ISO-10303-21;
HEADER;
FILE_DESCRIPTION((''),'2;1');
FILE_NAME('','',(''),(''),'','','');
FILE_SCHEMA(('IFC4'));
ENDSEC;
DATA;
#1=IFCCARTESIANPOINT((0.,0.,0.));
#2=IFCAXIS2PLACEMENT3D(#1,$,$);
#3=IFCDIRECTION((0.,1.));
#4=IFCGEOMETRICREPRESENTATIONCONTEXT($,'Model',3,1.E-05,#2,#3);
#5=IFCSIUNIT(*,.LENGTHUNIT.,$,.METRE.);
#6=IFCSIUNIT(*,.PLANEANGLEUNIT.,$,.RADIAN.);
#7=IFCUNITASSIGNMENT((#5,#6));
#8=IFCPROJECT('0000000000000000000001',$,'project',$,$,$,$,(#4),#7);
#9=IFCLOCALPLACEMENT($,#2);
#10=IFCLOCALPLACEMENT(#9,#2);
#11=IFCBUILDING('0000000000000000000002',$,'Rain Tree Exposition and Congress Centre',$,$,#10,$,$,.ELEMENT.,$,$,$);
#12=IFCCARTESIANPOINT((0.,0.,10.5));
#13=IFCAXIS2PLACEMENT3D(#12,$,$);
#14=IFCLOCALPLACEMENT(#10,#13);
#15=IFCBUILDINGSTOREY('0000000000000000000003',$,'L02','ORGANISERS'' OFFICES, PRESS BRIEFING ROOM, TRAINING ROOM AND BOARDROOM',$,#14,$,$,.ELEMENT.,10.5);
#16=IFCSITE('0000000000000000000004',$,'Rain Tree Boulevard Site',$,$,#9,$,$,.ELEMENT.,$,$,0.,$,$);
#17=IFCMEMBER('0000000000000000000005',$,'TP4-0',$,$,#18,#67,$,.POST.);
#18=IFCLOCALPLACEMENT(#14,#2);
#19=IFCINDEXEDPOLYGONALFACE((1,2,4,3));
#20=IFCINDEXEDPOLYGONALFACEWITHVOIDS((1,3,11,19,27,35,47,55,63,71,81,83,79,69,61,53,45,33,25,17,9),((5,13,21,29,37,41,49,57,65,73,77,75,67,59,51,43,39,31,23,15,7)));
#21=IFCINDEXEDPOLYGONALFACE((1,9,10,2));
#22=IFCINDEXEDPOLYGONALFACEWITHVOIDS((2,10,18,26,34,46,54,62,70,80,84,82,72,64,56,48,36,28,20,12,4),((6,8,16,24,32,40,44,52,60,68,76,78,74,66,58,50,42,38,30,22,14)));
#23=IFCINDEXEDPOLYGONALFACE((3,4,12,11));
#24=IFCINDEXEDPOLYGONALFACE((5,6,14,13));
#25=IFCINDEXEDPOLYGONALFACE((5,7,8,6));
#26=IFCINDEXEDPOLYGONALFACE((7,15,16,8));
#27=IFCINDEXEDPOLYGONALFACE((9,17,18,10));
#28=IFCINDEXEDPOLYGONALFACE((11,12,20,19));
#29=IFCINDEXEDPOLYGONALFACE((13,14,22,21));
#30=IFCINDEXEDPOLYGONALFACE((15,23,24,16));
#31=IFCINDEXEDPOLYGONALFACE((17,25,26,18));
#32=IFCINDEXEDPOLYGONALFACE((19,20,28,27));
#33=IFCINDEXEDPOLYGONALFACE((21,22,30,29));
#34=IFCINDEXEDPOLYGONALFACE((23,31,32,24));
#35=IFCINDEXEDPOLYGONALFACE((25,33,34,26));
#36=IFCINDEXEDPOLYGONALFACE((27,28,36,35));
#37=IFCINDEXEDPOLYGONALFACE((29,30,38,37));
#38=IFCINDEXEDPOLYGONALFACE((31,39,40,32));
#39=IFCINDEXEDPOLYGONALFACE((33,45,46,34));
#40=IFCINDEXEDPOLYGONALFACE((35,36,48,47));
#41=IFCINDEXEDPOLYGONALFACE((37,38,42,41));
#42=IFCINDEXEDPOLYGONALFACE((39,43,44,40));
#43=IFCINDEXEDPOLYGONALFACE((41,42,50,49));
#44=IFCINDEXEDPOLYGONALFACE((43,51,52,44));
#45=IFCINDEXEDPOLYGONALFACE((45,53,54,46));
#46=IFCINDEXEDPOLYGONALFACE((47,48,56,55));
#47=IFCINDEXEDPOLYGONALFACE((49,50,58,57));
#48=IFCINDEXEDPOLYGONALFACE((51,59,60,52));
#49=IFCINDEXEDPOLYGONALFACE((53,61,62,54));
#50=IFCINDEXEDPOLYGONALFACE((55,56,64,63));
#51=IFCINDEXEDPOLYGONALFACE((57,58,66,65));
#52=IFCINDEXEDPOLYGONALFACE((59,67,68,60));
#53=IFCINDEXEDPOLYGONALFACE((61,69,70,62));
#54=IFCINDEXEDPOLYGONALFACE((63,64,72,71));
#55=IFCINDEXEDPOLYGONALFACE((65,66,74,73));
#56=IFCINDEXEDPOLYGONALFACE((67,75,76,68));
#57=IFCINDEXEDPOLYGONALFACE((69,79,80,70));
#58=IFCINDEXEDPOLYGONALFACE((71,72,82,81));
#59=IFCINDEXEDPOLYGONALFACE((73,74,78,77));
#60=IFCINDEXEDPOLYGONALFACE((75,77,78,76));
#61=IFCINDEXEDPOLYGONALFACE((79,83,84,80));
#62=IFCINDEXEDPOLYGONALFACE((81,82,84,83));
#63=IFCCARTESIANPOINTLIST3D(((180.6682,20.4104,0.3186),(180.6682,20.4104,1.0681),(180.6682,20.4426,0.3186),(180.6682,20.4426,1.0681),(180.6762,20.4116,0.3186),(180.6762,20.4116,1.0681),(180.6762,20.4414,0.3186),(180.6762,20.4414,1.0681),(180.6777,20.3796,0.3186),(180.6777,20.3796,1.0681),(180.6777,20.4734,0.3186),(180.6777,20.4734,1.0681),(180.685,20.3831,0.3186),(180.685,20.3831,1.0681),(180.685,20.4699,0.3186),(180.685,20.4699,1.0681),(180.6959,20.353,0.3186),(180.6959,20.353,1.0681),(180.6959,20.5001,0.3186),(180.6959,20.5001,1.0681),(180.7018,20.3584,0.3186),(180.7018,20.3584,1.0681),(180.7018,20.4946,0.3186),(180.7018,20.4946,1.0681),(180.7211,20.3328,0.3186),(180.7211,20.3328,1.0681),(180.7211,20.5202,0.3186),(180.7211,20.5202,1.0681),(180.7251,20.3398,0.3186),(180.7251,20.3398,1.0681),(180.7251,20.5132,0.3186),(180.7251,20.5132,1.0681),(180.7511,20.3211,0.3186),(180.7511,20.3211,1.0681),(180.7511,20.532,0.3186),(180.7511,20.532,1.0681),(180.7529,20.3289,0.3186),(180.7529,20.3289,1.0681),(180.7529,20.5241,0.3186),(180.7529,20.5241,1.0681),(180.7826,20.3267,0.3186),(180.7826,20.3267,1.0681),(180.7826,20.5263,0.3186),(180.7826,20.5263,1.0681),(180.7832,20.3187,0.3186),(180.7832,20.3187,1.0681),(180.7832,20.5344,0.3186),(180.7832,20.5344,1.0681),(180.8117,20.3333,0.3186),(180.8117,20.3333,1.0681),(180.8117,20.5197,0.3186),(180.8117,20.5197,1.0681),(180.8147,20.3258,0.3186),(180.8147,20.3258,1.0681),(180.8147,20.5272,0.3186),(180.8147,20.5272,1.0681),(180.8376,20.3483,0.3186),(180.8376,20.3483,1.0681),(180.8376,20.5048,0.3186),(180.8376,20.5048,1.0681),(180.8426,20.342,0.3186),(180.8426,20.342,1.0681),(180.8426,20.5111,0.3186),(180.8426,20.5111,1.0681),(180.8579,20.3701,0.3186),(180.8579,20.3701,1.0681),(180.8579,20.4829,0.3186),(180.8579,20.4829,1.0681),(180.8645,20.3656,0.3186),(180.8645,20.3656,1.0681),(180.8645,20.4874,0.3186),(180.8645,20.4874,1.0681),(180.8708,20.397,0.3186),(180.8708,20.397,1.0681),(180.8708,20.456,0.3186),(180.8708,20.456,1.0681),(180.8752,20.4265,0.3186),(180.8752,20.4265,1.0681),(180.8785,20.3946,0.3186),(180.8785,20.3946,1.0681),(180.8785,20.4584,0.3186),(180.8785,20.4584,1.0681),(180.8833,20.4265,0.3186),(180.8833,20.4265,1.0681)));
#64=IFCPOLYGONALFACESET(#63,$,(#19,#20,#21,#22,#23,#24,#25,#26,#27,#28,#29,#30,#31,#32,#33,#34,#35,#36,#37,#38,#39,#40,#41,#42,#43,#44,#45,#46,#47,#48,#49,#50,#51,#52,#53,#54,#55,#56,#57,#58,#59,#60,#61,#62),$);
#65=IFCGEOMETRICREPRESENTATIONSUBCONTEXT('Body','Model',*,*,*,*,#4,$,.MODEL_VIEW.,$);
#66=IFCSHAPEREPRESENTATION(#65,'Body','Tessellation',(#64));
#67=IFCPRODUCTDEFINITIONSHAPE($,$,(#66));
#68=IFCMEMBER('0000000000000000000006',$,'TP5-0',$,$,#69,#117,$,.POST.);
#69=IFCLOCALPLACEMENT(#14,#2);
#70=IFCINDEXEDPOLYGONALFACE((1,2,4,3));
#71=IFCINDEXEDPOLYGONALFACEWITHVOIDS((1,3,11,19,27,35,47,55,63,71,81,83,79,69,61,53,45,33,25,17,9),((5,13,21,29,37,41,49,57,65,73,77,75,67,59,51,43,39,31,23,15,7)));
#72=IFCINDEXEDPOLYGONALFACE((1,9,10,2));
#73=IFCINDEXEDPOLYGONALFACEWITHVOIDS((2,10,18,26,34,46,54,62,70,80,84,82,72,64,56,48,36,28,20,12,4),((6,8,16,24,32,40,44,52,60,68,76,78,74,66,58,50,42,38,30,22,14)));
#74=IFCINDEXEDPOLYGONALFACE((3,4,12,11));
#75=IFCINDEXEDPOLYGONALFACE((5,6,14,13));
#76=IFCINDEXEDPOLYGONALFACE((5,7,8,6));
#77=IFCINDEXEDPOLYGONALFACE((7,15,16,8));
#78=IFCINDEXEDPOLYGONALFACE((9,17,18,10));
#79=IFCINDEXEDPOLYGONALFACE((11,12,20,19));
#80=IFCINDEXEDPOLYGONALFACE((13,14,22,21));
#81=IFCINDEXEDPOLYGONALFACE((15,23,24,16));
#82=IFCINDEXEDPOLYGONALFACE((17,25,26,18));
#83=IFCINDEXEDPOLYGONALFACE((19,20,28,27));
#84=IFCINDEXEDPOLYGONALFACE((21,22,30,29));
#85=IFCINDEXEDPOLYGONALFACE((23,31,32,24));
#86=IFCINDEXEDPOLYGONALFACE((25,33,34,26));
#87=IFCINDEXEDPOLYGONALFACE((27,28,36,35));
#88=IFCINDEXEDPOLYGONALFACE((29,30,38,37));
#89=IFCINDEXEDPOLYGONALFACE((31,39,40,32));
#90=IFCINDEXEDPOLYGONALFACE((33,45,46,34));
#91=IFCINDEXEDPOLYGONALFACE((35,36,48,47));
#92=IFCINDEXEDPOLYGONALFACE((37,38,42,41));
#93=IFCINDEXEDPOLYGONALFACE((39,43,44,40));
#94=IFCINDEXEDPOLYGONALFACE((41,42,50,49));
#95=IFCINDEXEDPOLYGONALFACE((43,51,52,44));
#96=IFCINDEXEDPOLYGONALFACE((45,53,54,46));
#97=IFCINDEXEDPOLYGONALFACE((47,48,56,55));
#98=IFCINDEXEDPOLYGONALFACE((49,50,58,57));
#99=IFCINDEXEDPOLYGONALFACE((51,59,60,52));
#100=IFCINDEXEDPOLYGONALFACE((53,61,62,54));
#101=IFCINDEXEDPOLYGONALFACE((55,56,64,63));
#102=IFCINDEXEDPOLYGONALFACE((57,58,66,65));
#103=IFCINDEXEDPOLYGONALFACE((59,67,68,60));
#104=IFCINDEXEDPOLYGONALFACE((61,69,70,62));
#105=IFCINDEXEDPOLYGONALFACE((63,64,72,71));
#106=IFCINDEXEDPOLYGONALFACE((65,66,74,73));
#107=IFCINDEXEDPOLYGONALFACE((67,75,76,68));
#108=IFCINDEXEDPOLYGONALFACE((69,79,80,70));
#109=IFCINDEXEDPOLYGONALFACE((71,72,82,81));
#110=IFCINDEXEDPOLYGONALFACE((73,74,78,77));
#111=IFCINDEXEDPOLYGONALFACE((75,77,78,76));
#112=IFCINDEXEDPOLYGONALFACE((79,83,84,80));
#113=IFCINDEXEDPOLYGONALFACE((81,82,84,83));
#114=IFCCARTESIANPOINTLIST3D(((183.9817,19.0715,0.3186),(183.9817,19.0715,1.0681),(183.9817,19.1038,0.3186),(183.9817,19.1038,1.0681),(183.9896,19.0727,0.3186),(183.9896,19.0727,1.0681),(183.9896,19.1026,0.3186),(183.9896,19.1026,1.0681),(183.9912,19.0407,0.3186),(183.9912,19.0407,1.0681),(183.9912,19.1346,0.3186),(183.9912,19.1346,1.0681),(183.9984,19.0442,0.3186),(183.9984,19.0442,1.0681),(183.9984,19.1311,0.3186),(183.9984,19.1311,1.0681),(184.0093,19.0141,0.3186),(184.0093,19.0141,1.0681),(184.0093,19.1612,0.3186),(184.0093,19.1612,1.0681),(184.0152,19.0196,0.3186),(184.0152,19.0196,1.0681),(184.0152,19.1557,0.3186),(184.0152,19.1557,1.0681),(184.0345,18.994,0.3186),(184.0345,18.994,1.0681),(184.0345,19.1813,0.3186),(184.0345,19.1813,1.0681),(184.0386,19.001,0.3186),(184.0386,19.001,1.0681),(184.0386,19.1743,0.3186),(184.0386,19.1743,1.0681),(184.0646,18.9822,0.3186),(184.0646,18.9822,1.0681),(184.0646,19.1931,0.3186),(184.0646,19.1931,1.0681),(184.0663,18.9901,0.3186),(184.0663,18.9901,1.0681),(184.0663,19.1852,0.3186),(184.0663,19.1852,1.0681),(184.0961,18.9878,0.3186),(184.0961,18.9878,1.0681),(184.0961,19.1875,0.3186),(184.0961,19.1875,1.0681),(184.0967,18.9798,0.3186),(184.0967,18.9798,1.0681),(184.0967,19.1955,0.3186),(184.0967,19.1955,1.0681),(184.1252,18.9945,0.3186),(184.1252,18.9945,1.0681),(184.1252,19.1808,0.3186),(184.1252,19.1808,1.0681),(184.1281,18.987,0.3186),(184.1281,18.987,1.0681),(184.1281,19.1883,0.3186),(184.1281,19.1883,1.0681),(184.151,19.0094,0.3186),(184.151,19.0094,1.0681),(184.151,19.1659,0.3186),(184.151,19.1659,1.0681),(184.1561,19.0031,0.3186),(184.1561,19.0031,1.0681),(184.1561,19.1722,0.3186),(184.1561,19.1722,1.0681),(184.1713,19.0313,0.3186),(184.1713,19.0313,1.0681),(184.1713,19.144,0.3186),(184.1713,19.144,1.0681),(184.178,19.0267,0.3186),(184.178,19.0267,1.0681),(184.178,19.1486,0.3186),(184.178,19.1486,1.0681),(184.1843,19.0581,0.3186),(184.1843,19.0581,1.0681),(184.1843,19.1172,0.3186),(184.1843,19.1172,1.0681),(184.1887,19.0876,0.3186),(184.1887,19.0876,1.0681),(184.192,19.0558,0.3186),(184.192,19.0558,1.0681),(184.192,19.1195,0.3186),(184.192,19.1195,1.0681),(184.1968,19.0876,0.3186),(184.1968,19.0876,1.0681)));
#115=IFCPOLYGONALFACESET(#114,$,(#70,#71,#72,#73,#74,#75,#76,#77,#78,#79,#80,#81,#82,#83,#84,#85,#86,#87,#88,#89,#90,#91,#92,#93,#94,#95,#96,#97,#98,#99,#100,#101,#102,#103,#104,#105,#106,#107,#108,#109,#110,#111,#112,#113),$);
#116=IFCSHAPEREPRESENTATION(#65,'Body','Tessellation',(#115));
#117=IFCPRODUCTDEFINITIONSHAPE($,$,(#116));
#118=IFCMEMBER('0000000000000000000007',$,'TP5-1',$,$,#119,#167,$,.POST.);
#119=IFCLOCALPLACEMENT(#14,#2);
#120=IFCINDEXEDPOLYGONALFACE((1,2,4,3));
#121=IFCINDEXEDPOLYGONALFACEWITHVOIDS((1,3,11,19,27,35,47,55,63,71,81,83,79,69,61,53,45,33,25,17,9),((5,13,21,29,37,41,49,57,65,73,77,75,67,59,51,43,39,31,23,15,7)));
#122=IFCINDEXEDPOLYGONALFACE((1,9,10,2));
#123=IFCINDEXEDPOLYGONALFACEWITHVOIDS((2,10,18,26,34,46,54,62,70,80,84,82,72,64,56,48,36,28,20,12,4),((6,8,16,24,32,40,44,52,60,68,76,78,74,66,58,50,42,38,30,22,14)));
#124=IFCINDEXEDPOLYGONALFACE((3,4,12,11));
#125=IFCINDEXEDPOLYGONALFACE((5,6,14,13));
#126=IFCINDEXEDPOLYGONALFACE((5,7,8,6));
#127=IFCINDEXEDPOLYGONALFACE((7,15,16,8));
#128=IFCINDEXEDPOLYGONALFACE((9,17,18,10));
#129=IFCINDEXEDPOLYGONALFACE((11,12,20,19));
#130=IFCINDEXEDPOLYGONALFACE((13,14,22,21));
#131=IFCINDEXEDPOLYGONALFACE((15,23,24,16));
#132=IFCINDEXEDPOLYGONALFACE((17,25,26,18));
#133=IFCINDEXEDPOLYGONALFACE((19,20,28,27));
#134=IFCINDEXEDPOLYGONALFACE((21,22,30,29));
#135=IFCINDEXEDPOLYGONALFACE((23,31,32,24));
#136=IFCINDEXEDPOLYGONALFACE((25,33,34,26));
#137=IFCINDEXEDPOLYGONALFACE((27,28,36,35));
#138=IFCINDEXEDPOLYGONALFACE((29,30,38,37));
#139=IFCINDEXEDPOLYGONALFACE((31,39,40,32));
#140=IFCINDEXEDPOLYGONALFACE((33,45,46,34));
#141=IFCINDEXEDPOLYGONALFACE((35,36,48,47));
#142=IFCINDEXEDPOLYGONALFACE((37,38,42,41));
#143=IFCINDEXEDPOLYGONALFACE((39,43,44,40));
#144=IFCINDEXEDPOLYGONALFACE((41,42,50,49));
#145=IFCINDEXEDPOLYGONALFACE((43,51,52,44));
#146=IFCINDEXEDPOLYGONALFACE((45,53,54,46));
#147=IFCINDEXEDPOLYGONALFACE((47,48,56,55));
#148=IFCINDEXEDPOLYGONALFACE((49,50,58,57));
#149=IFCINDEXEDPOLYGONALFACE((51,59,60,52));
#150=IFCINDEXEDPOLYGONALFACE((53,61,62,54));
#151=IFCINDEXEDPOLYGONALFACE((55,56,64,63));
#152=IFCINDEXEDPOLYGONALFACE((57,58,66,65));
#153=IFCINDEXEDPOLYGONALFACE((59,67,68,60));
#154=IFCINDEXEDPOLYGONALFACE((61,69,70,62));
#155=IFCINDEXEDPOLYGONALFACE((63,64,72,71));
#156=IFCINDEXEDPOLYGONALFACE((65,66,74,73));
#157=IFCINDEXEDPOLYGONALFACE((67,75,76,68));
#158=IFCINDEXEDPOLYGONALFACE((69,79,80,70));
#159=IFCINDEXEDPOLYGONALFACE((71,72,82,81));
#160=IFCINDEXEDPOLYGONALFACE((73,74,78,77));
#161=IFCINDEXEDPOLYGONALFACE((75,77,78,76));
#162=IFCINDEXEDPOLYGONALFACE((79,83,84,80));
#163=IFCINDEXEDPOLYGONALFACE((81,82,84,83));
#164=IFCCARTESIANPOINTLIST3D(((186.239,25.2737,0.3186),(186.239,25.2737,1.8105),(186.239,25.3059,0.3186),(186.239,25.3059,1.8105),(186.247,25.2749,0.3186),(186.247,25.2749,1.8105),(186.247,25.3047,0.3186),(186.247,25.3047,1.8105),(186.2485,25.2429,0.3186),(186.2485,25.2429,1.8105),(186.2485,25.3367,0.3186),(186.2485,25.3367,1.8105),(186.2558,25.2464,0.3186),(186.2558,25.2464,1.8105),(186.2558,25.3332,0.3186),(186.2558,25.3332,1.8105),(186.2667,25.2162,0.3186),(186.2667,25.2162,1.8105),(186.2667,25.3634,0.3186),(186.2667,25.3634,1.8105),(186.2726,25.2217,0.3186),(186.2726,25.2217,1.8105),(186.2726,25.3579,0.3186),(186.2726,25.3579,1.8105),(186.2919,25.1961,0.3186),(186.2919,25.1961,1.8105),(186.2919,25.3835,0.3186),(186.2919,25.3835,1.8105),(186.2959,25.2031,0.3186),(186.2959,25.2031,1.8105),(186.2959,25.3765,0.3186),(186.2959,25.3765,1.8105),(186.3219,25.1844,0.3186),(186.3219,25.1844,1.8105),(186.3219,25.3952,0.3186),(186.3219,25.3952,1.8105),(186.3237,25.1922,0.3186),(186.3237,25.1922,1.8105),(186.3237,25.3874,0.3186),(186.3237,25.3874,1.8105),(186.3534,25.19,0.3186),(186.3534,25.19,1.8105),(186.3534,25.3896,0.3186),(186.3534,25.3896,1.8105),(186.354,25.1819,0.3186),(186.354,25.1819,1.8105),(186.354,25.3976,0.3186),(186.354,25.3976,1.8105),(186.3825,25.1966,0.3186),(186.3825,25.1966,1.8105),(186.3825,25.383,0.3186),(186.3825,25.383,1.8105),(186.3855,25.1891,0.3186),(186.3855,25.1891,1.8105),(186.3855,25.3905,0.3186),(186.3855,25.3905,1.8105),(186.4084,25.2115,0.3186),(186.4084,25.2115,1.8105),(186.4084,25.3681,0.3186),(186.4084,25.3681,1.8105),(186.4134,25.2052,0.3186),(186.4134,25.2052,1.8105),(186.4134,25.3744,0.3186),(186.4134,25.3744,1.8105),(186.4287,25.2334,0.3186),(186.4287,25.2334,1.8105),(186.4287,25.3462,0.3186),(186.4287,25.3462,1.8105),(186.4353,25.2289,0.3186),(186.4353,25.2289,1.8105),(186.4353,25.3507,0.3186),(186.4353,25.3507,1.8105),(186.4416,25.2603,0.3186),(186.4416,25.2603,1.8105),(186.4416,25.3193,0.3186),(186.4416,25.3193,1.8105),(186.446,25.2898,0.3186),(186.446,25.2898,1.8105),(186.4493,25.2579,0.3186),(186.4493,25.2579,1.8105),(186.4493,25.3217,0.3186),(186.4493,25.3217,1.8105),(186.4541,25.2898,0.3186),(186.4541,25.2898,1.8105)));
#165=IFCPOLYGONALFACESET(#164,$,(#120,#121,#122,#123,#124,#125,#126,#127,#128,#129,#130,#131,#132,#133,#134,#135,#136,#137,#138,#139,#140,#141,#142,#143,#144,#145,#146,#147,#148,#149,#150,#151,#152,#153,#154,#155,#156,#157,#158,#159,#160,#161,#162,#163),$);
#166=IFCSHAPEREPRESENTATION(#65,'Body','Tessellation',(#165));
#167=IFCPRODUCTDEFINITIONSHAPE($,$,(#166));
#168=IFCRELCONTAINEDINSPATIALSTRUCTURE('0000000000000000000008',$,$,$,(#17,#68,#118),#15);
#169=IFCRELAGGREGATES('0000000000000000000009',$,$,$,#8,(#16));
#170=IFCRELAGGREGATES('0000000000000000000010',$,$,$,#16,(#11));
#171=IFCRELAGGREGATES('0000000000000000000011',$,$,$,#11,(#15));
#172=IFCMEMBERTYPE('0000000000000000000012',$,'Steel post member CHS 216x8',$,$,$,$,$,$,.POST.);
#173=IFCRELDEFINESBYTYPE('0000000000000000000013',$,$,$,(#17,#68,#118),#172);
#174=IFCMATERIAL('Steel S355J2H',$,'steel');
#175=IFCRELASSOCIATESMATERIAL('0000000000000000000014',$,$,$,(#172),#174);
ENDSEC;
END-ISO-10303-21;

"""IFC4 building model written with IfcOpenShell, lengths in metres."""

from ifc_helpers import new_model, si_unit, direction, frame, origin, origin_2d, place, context, subcontext, project, spatial, hollow_circle, extrude, material, material_profile, profile_set, type_object, element, save


model = new_model("IFC4")

# Units and contexts
model_context = context("Model", 3, precision=1e-05, world=origin(), true_north=direction((0.0, 1.0)))
body_context = subcontext(model_context, "Body", "Model", "MODEL_VIEW")
ifc_project = project(units=[si_unit("LENGTHUNIT", "METRE"), si_unit("PLANEANGLEUNIT", "RADIAN")], contexts=[model_context])

# Site, building, storey
site_placement = place(None, origin())
site = spatial("IfcSite", under=ifc_project, at=site_placement, Name="Rain Tree Boulevard Site", CompositionType="ELEMENT", RefElevation=0.0)
building_placement = place(site_placement, origin())
building = spatial("IfcBuilding", under=site, at=building_placement, Name="Rain Tree Exposition and Congress Centre", CompositionType="ELEMENT")
storey_placement = place(building_placement, frame((0.0, 0.0, 10.5)))
storey = spatial("IfcBuildingStorey", under=building, at=storey_placement, Name="L02", Description="ORGANISERS' OFFICES, PRESS BRIEFING ROOM, TRAINING ROOM AND BOARDROOM", CompositionType="ELEMENT", Elevation=10.5)

# Members
ifc_material_1 = material(Name="Steel S355J2H", Category="steel")
ifc_material_profile_1 = material_profile(ifc_material_1, hollow_circle(Radius=0.1082, WallThickness=0.0081, at=origin_2d()), Name="CHS 216x8")
ifc_profile_set_1 = profile_set([ifc_material_profile_1], Name="Steel S355J2H")
member_type_1 = type_object("IfcMemberType", Name="Steel post member CHS 216x8", PredefinedType="POST", material=ifc_profile_set_1)
for number, where, z_axis, x_axis, name in (
    (1, (180.7751, 20.4265, 0.3186), (0.0, 0.0, 1.0), (1.0, 0.0, 0.0), "TP4-0"),
    (2, (184.0886, 19.0876, 0.3186), (0.0, 0.0, 1.0), (1.0, 0.0, 0.0), "TP5-0"),
):
    element("IfcMember", number, at=place(storey_placement, frame(where, z_axis=z_axis, x_axis=x_axis)), inside=storey, type_object=member_type_1, Name=name, PredefinedType="POST", context=body_context, shape_type="SweptSolid", body=[
        extrude(hollow_circle(Radius=0.1082, WallThickness=0.0081, at=origin_2d()), origin(), (0.0, 0.0, 1.0), 0.7495),
    ])
member_1_placement = place(storey_placement, frame((186.3459, 25.2898, 0.3186), z_axis=(0.0, 0.0, 1.0), x_axis=(1.0, 0.0, 0.0)))
element("IfcMember", 3, at=member_1_placement, inside=storey, type_object=member_type_1, Name="TP5-1", PredefinedType="POST", context=body_context, shape_type="SweptSolid", body=[
    extrude(hollow_circle(Radius=0.1082, WallThickness=0.0081, at=origin_2d()), origin(), (0.0, 0.0, 1.0), 1.4919),
])

save(model, "model.ifc")
